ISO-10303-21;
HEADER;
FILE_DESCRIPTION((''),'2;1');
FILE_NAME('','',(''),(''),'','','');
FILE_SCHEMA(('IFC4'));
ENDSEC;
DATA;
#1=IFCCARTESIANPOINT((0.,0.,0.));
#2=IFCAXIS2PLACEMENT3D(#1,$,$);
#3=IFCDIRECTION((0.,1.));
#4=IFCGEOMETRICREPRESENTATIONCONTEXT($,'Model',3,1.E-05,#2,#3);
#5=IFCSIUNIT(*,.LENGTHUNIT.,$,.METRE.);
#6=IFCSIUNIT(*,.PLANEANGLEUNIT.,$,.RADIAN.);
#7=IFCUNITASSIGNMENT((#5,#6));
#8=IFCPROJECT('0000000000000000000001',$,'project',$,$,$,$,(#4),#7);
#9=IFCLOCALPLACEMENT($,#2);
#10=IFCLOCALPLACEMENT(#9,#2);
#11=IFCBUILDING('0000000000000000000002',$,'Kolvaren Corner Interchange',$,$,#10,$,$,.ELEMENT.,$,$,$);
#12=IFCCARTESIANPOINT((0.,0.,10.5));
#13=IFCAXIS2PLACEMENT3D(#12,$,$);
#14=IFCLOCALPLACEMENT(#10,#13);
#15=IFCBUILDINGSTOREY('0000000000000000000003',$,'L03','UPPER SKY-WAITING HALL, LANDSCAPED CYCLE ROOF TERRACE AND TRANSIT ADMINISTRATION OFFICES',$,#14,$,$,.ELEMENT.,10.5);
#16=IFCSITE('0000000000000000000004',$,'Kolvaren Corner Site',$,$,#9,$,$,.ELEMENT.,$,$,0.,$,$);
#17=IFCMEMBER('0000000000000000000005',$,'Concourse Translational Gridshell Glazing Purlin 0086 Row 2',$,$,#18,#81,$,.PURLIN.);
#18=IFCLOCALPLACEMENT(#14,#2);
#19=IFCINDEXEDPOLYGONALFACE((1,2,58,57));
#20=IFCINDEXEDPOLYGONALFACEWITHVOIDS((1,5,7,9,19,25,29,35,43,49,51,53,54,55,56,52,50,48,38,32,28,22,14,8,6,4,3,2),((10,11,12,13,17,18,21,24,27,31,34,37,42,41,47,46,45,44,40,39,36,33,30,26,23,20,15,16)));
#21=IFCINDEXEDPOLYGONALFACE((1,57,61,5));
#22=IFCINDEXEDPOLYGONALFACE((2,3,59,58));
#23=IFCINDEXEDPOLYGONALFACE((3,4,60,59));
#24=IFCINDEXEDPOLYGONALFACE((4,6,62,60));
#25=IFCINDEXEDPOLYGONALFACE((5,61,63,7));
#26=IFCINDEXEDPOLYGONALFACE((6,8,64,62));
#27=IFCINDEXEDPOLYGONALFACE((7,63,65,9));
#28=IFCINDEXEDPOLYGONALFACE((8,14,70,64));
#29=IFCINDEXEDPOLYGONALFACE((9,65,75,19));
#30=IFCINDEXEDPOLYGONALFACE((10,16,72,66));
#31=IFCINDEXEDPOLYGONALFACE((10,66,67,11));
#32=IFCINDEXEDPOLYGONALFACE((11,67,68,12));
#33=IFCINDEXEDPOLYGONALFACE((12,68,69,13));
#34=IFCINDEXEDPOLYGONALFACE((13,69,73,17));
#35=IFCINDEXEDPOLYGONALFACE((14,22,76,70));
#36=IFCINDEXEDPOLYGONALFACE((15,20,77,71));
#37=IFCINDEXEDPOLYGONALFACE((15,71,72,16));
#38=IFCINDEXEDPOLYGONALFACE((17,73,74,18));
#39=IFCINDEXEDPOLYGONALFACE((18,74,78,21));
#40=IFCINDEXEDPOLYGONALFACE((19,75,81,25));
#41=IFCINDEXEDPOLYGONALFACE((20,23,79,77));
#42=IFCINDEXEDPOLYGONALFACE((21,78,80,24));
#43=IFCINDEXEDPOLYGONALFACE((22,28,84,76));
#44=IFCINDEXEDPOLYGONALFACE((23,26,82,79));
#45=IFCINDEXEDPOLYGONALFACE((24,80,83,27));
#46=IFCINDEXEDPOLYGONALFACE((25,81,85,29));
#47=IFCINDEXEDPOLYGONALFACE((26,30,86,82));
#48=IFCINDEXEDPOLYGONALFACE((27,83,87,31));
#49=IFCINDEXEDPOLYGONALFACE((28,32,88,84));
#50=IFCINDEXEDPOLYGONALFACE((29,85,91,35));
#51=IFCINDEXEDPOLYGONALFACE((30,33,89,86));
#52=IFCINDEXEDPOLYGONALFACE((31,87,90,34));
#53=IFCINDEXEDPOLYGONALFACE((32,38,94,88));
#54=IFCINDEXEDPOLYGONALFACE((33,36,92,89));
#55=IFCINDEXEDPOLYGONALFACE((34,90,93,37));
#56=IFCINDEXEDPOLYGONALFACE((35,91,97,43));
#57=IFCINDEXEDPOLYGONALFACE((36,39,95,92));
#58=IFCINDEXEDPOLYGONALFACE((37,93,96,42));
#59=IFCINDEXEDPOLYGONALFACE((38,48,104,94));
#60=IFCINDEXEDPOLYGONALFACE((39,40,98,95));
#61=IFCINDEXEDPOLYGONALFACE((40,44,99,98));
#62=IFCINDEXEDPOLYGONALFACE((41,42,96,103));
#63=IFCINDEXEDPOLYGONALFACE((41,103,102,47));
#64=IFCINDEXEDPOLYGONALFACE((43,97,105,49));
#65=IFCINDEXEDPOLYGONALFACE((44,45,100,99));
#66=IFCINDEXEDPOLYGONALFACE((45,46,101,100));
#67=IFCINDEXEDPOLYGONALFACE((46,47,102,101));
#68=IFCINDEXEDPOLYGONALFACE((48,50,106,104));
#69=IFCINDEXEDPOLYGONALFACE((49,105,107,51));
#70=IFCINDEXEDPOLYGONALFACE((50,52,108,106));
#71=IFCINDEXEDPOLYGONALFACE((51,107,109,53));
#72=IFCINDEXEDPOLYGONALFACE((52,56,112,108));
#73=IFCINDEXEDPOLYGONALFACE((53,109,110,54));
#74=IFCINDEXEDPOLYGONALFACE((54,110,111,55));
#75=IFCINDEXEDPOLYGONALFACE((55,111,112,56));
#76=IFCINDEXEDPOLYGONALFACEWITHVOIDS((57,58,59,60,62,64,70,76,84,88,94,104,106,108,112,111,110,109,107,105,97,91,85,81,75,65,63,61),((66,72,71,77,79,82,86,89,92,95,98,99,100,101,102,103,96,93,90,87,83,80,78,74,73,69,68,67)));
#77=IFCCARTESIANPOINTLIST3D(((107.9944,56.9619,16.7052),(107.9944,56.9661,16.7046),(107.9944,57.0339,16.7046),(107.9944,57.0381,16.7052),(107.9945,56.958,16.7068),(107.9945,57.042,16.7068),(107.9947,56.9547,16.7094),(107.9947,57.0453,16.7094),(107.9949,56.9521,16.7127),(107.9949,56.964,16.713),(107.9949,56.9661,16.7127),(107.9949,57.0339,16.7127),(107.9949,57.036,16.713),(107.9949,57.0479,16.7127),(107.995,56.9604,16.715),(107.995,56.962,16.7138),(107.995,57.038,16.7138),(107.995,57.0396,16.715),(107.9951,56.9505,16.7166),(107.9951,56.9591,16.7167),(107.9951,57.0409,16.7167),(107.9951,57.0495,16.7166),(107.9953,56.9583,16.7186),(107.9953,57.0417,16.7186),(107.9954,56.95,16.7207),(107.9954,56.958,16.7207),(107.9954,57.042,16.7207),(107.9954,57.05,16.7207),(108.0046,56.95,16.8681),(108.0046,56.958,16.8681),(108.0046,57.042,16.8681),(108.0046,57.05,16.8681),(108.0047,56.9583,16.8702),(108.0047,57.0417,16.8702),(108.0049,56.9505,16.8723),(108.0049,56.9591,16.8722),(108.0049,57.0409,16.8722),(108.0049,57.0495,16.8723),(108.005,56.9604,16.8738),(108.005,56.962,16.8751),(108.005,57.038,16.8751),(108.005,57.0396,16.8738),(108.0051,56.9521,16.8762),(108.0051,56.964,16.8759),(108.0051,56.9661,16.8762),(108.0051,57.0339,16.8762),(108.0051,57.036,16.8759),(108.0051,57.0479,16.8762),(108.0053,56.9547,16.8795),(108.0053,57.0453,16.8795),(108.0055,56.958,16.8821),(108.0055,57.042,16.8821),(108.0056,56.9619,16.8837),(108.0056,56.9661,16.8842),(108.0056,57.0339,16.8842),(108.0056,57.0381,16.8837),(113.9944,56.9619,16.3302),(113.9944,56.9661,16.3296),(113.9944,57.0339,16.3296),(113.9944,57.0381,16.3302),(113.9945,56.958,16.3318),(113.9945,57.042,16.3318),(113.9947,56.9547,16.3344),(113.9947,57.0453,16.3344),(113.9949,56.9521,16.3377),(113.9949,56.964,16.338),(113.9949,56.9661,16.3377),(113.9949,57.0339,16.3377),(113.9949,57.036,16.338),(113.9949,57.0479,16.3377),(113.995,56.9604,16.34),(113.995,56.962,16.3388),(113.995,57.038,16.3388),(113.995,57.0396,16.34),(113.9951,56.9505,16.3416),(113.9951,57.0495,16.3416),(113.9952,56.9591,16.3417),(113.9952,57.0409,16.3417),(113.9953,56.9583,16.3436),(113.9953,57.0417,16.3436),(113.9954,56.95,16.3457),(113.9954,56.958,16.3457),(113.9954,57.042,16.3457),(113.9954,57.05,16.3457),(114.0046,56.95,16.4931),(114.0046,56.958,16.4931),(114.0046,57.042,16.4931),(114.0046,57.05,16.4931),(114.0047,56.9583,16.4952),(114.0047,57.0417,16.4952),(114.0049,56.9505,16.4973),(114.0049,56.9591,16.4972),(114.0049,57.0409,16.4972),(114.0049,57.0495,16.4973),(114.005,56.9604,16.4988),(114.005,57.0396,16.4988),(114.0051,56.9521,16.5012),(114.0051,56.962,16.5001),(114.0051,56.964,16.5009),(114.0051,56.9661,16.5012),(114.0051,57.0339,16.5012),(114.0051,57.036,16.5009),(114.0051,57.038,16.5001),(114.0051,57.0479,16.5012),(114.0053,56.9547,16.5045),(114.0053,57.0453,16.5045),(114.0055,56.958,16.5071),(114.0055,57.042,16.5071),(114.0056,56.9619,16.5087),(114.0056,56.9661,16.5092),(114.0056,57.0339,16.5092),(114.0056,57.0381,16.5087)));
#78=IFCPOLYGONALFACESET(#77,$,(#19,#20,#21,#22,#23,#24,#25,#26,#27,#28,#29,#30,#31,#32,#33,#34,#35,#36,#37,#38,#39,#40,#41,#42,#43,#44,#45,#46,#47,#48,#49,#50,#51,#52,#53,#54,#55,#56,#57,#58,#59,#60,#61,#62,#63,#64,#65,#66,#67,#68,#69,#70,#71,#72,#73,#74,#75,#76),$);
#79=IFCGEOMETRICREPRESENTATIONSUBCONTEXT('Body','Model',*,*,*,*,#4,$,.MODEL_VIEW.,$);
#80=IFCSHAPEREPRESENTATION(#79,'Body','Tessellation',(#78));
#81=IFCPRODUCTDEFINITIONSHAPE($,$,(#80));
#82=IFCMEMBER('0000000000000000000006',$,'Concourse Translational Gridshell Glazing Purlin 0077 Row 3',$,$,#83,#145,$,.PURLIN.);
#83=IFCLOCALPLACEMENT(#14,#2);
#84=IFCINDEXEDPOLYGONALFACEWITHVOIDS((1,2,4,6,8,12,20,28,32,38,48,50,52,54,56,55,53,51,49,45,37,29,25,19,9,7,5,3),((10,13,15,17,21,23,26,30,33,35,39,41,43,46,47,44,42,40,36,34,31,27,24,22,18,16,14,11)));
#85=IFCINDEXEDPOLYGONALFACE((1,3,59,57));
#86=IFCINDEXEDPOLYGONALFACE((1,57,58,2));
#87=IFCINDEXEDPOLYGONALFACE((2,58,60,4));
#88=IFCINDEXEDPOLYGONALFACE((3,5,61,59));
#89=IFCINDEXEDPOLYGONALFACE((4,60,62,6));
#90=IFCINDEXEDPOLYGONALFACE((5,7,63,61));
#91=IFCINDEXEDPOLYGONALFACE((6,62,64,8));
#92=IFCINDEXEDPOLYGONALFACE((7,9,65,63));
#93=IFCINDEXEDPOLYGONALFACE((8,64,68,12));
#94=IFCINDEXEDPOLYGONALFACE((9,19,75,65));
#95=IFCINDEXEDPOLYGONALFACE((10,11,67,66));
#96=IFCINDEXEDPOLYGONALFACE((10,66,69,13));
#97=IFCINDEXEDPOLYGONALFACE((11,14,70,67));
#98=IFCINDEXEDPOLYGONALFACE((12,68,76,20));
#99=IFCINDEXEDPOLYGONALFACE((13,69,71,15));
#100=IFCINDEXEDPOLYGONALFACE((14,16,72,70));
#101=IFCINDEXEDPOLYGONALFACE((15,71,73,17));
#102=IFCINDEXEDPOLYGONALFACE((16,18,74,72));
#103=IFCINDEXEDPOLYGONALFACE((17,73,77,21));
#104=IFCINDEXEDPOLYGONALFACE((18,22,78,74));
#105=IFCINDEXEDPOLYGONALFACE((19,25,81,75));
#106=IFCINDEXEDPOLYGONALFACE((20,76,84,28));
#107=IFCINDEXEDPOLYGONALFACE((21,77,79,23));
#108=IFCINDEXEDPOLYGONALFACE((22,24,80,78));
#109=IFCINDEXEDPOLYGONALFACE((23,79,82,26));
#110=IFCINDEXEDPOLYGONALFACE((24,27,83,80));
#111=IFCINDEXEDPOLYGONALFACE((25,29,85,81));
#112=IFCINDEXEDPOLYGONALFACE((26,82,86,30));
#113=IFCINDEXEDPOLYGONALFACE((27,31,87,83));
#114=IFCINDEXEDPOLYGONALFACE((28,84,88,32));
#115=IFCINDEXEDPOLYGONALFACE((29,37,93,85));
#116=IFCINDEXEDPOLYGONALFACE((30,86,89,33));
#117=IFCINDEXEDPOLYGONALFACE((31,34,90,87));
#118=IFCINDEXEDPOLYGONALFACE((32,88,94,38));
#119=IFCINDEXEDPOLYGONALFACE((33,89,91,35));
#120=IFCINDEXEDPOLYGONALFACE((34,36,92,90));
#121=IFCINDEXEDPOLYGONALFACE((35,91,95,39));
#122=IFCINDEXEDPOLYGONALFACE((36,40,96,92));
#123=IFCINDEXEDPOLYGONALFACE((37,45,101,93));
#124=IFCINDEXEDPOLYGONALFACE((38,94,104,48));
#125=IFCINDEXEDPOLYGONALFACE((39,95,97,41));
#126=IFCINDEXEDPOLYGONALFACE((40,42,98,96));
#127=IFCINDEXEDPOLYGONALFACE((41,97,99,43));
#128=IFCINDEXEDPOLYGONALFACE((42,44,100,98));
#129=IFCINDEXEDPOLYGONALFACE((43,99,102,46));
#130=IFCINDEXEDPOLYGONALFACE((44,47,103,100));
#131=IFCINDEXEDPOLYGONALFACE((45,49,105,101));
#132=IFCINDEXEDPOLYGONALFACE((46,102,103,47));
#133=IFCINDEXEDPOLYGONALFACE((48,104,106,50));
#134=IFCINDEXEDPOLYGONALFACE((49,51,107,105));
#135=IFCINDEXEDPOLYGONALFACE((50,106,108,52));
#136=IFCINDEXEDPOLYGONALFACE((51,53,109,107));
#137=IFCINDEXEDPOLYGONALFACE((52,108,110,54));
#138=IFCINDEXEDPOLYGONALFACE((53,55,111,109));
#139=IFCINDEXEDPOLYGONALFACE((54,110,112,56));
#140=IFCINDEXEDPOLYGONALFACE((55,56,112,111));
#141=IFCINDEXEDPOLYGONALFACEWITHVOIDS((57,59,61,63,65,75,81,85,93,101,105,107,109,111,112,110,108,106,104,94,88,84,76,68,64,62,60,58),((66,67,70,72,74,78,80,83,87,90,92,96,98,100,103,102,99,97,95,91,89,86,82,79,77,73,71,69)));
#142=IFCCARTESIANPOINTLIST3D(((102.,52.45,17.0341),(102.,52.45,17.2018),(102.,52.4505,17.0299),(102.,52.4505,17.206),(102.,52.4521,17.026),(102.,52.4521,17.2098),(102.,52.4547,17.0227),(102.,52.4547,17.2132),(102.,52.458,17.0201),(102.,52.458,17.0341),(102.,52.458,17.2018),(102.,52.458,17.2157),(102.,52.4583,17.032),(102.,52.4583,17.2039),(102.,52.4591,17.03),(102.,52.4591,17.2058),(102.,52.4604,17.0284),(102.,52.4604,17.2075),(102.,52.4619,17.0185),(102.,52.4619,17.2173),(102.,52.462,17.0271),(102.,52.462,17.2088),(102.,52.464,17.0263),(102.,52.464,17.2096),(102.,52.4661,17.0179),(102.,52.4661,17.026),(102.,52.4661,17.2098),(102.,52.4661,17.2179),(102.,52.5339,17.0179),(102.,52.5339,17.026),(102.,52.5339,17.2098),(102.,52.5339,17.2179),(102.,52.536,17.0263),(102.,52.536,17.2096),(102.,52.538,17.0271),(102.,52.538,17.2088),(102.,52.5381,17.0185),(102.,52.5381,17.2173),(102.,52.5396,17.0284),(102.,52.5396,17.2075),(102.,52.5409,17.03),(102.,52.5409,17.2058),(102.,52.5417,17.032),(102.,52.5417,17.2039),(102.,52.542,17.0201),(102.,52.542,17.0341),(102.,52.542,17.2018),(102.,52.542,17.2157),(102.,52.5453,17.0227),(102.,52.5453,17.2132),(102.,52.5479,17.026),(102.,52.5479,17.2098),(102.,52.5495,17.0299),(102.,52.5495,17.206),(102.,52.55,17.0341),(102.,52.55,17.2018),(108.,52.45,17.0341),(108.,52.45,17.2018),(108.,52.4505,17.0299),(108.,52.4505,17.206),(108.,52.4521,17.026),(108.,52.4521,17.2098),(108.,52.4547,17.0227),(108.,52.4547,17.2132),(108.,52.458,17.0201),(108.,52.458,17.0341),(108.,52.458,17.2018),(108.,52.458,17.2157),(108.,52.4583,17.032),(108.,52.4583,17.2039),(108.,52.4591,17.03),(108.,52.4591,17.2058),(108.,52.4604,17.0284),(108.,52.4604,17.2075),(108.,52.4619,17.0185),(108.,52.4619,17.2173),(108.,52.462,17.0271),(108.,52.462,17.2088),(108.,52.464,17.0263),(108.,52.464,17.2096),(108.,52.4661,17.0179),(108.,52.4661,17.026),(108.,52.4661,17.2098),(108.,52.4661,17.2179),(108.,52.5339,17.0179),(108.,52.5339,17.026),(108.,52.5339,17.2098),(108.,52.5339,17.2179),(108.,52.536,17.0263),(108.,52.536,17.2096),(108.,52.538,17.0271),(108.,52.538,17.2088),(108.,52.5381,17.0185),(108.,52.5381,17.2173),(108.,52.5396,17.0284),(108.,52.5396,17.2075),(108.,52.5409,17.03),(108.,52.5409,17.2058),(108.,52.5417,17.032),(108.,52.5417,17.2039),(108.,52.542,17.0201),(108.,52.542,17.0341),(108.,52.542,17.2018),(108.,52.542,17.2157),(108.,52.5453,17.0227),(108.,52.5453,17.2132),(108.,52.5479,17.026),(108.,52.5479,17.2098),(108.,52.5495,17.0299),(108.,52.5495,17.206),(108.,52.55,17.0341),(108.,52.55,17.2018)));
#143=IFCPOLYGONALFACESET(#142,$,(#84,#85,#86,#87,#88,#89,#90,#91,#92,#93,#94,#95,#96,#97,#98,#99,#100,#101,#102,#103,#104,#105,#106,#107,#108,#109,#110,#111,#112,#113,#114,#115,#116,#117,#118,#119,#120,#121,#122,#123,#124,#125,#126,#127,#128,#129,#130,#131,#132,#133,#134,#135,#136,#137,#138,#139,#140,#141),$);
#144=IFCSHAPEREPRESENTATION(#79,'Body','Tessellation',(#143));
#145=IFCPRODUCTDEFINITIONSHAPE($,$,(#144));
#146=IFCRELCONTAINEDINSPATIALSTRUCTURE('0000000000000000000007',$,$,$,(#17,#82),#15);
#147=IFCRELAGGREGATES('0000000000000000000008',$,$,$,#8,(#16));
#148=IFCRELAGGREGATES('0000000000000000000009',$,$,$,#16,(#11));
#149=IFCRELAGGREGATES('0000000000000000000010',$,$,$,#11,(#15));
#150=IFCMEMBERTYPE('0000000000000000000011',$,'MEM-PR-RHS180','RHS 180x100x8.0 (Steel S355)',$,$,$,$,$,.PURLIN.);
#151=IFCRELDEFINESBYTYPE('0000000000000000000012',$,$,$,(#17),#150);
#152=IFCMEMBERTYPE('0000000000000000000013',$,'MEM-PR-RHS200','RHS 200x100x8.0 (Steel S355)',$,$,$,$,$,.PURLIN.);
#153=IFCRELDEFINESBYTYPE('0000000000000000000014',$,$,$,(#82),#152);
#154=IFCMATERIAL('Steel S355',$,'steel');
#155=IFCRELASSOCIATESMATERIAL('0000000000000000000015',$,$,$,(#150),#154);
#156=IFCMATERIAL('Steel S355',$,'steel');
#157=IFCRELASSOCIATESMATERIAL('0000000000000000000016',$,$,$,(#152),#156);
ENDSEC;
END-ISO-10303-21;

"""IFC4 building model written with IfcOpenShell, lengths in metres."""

from ifc_helpers import new_model, si_unit, direction, frame, origin, origin_2d, place, context, subcontext, project, spatial, hollow_rectangle, extrude, material, material_profile, profile_set, type_object, element, save


model = new_model("IFC4")

# Units and contexts
model_context = context("Model", 3, precision=1e-05, world=origin(), true_north=direction((0.0, 1.0)))
body_context = subcontext(model_context, "Body", "Model", "MODEL_VIEW")
ifc_project = project(units=[si_unit("LENGTHUNIT", "METRE"), si_unit("PLANEANGLEUNIT", "RADIAN")], contexts=[model_context])

# Site, building, storey
site_placement = place(None, origin())
site = spatial("IfcSite", under=ifc_project, at=site_placement, Name="Kolvaren Corner Site", CompositionType="ELEMENT", RefElevation=0.0)
building_placement = place(site_placement, origin())
building = spatial("IfcBuilding", under=site, at=building_placement, Name="Kolvaren Corner Interchange", CompositionType="ELEMENT")
storey_placement = place(building_placement, frame((0.0, 0.0, 10.5)))
storey = spatial("IfcBuildingStorey", under=building, at=storey_placement, Name="L03", Description="UPPER SKY-WAITING HALL, LANDSCAPED CYCLE ROOF TERRACE AND TRANSIT ADMINISTRATION OFFICES", CompositionType="ELEMENT", Elevation=10.5)

# Members
ifc_material_1 = material(Name="Steel S355", Category="steel")
ifc_material_profile_1 = material_profile(ifc_material_1, hollow_rectangle(XDim=0.1001, YDim=0.1799, WallThickness=0.0081, InnerFilletRadius=0.0081, OuterFilletRadius=0.0161, at=origin_2d()), Name="RHS 180x100x8.0")
ifc_profile_set_1 = profile_set([ifc_material_profile_1], Name="Steel S355")
member_type_1 = type_object("IfcMemberType", Name="MEM-PR-RHS180", Description="RHS 180x100x8.0 (Steel S355)", PredefinedType="PURLIN", material=ifc_profile_set_1)
for number, where, z_axis, x_axis, name in (
    (1, (108.0, 57.0, 16.7944), (0.998053, 0.0, -0.062378), (0.0, 1.0, 0.0), "Concourse Translational Gridshell Glazing Purlin 0086 Row 2"),
):
    element("IfcMember", number, at=place(storey_placement, frame(where, z_axis=z_axis, x_axis=x_axis)), inside=storey, type_object=member_type_1, Name=name, PredefinedType="PURLIN", context=body_context, shape_type="SweptSolid", body=[
        extrude(hollow_rectangle(XDim=0.1001, YDim=0.1799, WallThickness=0.0081, InnerFilletRadius=0.0081, OuterFilletRadius=0.0161, at=origin_2d()), origin(), (0.0, 0.0, 1.0), 6.0117),
    ])
ifc_material_2 = material(Name="Steel S355", Category="steel")
ifc_material_profile_2 = material_profile(ifc_material_2, hollow_rectangle(XDim=0.1001, YDim=0.2, WallThickness=0.0081, InnerFilletRadius=0.0081, OuterFilletRadius=0.0161, at=origin_2d()), Name="RHS 200x100x8.0")
ifc_profile_set_2 = profile_set([ifc_material_profile_2], Name="Steel S355")
member_type_2 = type_object("IfcMemberType", Name="MEM-PR-RHS200", Description="RHS 200x100x8.0 (Steel S355)", PredefinedType="PURLIN", material=ifc_profile_set_2)
for number, where, z_axis, x_axis, name in (
    (2, (102.0, 52.5, 17.1179), (1.0, 0.0, 0.0), (0.0, 1.0, 0.0), "Concourse Translational Gridshell Glazing Purlin 0077 Row 3"),
):
    element("IfcMember", number, at=place(storey_placement, frame(where, z_axis=z_axis, x_axis=x_axis)), inside=storey, type_object=member_type_2, Name=name, PredefinedType="PURLIN", context=body_context, shape_type="SweptSolid", body=[
        extrude(hollow_rectangle(XDim=0.1001, YDim=0.2, WallThickness=0.0081, InnerFilletRadius=0.0081, OuterFilletRadius=0.0161, at=origin_2d()), origin(), (0.0, 0.0, 1.0), 6.0),
    ])

save(model, "model.ifc")
